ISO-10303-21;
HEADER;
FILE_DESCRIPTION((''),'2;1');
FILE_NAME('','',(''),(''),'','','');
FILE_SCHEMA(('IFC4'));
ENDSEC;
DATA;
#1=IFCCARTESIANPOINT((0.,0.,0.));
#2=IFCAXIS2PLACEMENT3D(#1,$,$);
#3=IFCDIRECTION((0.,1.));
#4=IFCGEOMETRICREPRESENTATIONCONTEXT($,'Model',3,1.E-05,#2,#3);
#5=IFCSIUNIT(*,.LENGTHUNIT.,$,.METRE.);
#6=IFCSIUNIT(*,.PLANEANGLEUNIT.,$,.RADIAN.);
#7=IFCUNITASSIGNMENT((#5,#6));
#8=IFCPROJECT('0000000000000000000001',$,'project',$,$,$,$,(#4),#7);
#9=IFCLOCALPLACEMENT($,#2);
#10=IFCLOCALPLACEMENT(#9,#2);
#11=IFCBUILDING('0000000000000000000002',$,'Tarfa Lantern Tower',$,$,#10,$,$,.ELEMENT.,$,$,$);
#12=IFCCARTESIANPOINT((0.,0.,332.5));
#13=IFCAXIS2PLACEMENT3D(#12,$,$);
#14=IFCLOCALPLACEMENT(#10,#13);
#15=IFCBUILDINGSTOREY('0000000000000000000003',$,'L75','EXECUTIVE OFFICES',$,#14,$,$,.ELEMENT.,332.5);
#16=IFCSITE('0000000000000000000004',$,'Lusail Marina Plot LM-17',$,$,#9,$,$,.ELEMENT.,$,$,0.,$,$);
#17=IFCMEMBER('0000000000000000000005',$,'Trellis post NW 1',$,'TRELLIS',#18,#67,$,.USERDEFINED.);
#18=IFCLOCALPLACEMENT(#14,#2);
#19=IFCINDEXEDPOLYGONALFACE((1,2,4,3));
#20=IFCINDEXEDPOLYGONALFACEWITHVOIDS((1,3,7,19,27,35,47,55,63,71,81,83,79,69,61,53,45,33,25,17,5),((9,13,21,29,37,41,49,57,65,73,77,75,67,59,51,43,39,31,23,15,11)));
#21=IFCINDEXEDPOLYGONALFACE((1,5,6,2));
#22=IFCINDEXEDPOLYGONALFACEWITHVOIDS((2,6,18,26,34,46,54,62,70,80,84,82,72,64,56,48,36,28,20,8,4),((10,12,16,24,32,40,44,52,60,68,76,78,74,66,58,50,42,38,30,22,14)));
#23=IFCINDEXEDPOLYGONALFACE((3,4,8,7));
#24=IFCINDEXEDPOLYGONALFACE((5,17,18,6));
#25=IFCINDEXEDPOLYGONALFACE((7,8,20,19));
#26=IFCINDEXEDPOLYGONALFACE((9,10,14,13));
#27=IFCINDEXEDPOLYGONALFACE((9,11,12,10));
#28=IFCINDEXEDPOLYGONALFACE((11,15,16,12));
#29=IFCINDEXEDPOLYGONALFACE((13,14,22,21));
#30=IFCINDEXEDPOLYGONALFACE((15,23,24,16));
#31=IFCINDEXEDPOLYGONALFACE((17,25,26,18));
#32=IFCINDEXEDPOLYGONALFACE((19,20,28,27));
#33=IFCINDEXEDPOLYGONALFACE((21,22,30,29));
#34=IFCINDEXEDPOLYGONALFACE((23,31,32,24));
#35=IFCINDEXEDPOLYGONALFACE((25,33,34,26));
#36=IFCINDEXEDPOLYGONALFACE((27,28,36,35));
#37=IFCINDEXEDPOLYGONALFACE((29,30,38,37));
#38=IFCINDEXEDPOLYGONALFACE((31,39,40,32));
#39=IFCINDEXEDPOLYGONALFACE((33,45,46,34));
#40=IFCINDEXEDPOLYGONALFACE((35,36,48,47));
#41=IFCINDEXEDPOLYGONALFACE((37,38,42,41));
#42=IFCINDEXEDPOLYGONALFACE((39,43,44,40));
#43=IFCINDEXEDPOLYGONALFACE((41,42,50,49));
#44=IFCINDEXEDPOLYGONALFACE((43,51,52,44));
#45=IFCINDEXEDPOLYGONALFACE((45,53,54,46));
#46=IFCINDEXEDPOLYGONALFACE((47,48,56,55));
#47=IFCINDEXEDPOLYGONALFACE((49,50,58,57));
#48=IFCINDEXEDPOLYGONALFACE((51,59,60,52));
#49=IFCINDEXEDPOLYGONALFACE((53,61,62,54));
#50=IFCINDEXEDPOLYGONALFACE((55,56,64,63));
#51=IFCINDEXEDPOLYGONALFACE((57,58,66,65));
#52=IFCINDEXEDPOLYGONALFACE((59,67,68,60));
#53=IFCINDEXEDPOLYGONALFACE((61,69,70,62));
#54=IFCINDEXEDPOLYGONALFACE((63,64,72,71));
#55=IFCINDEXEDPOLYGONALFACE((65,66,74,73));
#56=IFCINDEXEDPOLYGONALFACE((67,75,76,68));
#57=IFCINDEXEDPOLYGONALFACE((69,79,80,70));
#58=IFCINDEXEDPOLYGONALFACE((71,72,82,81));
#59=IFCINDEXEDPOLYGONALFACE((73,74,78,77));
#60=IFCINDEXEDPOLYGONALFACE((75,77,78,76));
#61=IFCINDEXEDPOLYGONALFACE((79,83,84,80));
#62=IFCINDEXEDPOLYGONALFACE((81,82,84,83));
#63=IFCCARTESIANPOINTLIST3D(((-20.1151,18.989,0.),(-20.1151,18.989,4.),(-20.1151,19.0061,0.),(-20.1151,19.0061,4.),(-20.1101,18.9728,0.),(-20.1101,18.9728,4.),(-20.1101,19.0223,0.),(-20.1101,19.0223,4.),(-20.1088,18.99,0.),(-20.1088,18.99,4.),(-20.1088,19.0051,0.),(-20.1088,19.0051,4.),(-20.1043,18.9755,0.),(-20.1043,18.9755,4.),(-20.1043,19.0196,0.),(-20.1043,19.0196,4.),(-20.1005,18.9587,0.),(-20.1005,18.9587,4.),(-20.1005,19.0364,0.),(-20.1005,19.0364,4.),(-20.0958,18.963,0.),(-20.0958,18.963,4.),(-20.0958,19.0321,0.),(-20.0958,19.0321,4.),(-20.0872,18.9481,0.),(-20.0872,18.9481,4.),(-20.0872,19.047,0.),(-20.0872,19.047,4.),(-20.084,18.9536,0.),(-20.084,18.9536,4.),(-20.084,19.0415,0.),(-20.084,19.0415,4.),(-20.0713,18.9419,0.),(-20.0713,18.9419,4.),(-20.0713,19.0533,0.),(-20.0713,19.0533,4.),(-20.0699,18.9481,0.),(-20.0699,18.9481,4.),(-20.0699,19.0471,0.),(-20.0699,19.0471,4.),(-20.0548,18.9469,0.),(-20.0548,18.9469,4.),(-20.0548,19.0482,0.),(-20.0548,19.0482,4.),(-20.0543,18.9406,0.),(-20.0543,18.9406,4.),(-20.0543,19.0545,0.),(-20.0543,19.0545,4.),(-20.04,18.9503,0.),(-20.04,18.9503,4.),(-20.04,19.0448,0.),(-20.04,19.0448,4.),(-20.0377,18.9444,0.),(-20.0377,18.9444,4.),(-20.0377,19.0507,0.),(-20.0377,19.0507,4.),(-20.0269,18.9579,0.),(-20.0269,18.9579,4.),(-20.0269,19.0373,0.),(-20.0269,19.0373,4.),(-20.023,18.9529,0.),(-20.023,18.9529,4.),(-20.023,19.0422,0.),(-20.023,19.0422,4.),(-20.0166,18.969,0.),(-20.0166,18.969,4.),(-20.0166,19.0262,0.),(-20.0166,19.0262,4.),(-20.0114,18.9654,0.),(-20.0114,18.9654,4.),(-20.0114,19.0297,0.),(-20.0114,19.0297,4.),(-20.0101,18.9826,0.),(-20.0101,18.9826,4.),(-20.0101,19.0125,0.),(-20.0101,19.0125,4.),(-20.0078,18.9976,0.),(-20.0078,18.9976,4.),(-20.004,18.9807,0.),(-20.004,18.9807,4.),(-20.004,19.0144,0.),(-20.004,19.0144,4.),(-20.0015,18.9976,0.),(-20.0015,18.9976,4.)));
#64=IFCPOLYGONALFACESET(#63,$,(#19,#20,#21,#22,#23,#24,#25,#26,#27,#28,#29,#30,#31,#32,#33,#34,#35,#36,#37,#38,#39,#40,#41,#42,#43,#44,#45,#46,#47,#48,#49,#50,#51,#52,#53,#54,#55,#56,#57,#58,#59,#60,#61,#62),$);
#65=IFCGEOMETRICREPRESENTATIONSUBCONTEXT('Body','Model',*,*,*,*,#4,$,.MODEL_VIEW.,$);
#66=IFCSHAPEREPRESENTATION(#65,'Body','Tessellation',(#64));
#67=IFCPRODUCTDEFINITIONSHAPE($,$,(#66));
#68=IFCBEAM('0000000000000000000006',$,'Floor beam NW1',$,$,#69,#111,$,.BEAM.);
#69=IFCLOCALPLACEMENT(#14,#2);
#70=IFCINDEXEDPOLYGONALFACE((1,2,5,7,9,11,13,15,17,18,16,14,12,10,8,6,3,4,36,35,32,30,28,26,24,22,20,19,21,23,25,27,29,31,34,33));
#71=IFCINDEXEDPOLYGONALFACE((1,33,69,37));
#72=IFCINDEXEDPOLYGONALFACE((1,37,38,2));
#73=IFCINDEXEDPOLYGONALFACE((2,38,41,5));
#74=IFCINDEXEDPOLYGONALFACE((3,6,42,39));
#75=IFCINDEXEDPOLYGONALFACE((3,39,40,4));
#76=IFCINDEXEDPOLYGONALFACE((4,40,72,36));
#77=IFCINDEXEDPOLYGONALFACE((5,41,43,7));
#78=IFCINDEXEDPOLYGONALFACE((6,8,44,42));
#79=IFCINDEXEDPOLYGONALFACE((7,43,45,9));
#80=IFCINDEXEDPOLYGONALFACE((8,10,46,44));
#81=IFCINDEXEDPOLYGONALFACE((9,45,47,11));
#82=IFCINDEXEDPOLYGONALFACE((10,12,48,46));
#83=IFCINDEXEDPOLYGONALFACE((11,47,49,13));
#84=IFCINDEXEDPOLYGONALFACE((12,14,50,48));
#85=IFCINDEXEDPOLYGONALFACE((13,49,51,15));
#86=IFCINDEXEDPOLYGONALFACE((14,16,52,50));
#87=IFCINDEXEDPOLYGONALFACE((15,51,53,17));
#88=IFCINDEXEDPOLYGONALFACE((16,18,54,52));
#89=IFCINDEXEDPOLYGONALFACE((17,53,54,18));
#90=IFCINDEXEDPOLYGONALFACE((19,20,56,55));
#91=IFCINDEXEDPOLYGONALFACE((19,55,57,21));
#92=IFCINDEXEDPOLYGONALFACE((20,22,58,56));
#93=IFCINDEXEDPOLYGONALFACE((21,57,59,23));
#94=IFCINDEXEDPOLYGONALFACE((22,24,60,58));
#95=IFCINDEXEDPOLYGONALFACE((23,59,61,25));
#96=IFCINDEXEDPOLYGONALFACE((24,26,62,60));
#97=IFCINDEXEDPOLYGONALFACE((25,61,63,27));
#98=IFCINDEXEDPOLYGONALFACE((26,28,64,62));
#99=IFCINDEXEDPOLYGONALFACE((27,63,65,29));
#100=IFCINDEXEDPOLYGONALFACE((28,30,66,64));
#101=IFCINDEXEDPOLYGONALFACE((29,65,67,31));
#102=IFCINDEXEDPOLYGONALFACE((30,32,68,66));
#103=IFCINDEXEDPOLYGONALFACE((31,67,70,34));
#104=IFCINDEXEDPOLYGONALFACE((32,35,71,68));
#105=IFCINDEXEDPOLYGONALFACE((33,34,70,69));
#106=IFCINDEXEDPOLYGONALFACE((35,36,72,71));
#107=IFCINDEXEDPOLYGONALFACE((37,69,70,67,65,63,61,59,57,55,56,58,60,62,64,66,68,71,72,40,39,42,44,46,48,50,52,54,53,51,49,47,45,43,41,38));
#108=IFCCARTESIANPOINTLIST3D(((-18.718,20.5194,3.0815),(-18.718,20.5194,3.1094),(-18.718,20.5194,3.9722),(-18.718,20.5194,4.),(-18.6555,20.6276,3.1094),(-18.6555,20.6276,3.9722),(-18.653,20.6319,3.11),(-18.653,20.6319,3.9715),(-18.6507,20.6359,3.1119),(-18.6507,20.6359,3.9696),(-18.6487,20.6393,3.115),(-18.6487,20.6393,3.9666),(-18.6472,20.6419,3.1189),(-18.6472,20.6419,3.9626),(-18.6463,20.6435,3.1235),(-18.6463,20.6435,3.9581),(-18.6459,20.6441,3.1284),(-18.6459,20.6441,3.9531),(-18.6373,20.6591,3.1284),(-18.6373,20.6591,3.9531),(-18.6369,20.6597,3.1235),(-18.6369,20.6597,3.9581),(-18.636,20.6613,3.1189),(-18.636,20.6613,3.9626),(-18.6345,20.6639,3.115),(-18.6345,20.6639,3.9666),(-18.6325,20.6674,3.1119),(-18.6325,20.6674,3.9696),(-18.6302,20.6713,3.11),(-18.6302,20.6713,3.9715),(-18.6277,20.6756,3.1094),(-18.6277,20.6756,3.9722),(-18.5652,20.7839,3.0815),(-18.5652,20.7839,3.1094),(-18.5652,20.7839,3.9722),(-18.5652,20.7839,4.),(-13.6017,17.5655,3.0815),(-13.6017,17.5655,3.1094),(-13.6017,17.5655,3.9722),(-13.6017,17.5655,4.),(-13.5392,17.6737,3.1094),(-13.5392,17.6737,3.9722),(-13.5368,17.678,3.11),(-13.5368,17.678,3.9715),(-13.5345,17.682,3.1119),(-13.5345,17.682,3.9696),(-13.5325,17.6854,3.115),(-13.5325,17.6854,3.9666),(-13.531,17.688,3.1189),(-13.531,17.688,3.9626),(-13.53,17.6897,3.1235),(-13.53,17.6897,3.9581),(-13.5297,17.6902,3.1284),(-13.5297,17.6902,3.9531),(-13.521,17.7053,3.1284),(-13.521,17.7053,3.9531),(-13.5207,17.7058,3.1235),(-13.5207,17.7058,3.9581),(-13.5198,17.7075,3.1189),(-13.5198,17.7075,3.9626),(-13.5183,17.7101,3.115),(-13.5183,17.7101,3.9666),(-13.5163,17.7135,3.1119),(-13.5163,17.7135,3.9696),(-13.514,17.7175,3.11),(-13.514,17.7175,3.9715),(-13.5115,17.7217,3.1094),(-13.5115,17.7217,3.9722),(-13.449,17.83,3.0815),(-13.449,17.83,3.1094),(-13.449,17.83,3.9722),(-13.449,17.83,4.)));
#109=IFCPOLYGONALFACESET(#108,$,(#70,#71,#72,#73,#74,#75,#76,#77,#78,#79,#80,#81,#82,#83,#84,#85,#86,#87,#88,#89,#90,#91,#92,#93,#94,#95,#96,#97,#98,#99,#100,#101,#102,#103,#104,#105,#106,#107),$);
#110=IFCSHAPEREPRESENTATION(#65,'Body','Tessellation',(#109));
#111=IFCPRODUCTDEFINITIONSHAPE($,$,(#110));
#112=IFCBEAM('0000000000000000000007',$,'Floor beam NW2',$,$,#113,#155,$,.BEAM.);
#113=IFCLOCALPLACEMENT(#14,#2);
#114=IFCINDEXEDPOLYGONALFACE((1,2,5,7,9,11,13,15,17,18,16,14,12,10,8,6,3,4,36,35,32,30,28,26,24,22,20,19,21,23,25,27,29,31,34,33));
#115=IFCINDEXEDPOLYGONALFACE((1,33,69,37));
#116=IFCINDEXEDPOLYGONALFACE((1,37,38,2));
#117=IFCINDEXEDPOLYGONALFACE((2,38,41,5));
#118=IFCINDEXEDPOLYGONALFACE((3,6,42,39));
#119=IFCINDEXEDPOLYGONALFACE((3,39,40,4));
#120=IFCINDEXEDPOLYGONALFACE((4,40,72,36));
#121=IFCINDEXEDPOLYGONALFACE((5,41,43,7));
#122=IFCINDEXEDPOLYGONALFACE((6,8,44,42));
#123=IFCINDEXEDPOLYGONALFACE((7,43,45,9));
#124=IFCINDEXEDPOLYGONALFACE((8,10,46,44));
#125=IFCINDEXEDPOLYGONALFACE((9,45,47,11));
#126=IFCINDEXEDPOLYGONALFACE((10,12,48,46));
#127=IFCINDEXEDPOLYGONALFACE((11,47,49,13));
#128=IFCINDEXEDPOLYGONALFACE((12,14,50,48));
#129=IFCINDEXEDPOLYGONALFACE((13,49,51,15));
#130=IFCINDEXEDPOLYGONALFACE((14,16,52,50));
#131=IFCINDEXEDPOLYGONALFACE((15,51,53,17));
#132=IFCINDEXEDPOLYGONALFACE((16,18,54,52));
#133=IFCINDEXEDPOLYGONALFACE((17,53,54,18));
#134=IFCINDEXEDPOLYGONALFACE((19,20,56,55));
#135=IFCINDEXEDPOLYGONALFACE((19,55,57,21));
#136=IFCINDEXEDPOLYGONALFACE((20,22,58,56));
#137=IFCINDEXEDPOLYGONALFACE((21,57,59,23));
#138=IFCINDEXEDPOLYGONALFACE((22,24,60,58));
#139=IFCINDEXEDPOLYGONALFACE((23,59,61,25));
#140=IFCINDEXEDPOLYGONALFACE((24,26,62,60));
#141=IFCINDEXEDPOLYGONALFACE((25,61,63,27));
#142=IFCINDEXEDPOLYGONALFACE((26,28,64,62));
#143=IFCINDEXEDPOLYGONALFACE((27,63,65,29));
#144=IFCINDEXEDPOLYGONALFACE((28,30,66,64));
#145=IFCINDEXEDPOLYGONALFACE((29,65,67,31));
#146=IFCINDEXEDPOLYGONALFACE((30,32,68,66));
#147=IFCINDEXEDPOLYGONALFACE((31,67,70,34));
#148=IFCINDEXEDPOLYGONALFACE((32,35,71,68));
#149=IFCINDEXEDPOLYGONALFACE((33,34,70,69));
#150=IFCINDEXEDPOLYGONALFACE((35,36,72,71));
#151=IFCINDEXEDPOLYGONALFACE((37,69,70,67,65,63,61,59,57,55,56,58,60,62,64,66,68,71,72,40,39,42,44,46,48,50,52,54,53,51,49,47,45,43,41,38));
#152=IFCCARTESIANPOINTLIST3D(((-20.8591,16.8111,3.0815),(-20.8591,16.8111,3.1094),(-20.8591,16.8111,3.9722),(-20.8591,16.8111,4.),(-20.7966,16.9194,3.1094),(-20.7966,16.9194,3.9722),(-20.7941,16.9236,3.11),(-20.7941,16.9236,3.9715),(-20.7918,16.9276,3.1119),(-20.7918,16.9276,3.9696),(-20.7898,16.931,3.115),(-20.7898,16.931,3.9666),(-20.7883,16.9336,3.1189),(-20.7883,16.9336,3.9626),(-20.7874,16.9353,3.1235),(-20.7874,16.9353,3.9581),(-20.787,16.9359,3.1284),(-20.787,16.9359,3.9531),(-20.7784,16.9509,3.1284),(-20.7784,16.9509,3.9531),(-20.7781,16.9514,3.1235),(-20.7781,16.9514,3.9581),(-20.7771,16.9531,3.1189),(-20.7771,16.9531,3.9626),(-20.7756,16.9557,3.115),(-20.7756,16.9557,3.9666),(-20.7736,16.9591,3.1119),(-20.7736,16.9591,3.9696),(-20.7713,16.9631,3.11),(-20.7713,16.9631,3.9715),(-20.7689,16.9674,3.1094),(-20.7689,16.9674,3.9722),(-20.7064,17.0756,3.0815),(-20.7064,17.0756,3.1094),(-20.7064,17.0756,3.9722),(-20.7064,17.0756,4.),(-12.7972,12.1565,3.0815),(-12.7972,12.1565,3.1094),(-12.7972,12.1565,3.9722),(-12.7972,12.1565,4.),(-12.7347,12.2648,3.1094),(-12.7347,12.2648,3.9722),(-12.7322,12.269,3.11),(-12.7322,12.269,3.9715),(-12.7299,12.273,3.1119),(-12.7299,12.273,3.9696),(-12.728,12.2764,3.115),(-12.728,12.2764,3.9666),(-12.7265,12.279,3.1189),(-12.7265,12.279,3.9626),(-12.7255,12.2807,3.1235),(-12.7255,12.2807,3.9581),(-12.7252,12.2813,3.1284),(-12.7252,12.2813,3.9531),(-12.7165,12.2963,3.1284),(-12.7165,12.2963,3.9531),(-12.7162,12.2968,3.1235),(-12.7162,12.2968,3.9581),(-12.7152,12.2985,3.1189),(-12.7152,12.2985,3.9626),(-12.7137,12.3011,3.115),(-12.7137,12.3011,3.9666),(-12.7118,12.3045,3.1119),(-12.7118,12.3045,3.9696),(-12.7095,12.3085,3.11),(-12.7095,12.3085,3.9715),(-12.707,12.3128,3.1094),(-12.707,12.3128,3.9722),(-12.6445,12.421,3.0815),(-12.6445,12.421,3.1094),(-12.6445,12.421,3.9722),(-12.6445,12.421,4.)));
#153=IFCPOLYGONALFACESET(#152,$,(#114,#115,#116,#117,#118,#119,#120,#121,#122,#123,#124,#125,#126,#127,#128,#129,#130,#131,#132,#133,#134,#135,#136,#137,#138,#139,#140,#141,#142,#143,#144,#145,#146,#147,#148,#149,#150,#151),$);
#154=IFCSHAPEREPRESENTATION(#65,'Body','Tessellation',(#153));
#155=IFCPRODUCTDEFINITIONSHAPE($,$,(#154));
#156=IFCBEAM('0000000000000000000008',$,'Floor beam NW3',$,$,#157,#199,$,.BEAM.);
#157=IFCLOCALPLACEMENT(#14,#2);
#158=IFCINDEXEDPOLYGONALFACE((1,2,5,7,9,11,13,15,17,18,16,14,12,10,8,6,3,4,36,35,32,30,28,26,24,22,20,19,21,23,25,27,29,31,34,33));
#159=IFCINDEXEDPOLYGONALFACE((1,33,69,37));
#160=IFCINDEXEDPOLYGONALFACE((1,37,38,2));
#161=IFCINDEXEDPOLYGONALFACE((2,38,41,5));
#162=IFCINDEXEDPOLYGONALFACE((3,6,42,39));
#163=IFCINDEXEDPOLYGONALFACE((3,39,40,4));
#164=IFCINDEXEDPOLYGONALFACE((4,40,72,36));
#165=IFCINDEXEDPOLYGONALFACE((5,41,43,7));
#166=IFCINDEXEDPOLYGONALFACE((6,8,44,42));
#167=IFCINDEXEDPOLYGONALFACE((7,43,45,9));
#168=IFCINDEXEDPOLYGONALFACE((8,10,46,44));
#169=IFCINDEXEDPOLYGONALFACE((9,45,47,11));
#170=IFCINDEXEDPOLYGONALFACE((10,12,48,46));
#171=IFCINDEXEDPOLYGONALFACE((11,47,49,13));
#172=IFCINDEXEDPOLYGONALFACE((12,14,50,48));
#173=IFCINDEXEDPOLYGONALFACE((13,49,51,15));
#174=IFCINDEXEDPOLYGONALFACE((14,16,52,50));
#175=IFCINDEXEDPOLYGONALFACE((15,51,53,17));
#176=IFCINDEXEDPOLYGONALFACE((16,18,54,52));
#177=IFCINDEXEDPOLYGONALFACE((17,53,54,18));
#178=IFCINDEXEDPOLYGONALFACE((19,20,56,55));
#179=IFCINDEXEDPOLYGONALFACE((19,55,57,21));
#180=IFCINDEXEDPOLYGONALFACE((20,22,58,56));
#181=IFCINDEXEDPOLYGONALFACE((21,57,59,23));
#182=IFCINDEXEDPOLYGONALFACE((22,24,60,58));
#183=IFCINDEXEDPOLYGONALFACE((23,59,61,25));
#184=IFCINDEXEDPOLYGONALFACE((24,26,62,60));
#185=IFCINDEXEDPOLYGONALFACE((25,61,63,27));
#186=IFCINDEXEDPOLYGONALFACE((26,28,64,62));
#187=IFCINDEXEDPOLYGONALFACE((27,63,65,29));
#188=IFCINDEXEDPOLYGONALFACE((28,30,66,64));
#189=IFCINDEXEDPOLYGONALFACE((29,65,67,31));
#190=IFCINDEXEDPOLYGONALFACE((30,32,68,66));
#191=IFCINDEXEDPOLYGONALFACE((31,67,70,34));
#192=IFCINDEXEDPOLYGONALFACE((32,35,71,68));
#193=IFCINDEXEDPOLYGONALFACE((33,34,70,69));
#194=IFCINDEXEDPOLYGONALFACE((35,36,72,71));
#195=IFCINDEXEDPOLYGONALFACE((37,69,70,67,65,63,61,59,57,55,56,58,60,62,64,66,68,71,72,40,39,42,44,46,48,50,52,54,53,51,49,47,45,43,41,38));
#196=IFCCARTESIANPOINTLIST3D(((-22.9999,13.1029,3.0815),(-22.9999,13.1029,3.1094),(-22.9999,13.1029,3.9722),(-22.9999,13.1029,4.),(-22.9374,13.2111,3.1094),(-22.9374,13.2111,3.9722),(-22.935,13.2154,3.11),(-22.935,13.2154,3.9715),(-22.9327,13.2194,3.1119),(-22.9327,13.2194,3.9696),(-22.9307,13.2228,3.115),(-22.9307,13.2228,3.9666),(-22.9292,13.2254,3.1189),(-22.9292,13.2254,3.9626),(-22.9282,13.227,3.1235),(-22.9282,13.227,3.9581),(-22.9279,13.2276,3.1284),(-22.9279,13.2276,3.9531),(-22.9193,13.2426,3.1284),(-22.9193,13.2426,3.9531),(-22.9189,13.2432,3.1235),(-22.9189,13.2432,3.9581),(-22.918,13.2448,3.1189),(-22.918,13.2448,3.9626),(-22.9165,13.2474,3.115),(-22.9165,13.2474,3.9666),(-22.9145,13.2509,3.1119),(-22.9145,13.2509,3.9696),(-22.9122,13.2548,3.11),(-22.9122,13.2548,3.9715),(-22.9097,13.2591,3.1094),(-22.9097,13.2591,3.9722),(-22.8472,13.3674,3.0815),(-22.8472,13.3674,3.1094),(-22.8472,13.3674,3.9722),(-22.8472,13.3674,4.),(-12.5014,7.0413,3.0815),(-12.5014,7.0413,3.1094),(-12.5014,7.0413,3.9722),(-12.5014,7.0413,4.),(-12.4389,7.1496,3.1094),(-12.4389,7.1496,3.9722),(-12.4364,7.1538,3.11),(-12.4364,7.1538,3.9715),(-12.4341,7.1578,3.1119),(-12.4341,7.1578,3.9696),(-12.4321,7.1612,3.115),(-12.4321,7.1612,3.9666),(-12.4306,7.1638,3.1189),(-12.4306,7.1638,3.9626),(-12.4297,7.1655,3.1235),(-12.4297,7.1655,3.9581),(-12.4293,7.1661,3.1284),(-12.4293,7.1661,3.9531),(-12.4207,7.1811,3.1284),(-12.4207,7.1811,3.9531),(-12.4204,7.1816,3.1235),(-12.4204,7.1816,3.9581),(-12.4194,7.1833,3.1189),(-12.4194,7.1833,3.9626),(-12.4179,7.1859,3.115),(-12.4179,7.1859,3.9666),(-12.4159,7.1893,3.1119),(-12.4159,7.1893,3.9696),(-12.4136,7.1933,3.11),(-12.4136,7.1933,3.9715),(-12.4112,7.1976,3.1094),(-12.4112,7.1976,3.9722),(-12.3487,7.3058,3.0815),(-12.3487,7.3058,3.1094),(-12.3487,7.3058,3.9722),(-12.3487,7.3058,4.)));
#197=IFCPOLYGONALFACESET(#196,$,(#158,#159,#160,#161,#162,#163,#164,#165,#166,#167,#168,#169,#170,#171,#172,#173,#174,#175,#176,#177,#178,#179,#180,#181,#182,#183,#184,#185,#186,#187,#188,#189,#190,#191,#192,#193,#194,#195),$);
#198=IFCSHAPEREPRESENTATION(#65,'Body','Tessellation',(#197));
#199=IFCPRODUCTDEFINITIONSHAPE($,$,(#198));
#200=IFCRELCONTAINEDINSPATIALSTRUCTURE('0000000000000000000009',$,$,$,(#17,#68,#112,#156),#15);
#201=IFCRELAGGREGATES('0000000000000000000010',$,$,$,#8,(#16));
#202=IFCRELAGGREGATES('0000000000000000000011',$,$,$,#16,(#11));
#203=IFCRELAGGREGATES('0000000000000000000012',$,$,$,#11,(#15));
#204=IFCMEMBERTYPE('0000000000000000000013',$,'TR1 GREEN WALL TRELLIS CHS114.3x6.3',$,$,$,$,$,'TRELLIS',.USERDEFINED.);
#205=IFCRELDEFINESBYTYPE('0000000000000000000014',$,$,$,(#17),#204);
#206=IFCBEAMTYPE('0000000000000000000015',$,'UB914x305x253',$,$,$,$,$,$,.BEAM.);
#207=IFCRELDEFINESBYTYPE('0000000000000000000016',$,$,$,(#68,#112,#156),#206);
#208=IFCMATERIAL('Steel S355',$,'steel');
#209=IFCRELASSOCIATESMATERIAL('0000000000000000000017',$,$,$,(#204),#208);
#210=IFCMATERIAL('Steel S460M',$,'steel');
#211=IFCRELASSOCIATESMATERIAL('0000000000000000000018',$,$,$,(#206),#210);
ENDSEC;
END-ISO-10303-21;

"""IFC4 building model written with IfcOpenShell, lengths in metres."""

from ifc_helpers import new_model, si_unit, direction, frame, origin, origin_2d, place, context, subcontext, project, spatial, hollow_circle, i_section, extrude, material, material_profile, profile_set, type_object, element, save


model = new_model("IFC4")

# Units and contexts
model_context = context("Model", 3, precision=1e-05, world=origin(), true_north=direction((0.0, 1.0)))
body_context = subcontext(model_context, "Body", "Model", "MODEL_VIEW")
ifc_project = project(units=[si_unit("LENGTHUNIT", "METRE"), si_unit("PLANEANGLEUNIT", "RADIAN")], contexts=[model_context])

# Site, building, storey
site_placement = place(None, origin())
site = spatial("IfcSite", under=ifc_project, at=site_placement, Name="Lusail Marina Plot LM-17", CompositionType="ELEMENT", RefElevation=0.0)
building_placement = place(site_placement, origin())
building = spatial("IfcBuilding", under=site, at=building_placement, Name="Tarfa Lantern Tower", CompositionType="ELEMENT")
storey_placement = place(building_placement, frame((0.0, 0.0, 332.5)))
storey = spatial("IfcBuildingStorey", under=building, at=storey_placement, Name="L75", Description="EXECUTIVE OFFICES", CompositionType="ELEMENT", Elevation=332.5)

# Member
ifc_material_1 = material(Name="Steel S355", Category="steel")
ifc_material_profile_1 = material_profile(ifc_material_1, hollow_circle(Radius=0.0571, WallThickness=0.0063, at=origin_2d()), Name="CHS114.3x6.3")
ifc_profile_set_1 = profile_set([ifc_material_profile_1], Name="Steel S355")
member_type_1 = type_object("IfcMemberType", Name="TR1 GREEN WALL TRELLIS CHS114.3x6.3", ElementType="TRELLIS", PredefinedType="USERDEFINED", material=ifc_profile_set_1)
member_1_placement = place(storey_placement, frame((-20.0586, 18.9976, 0.0), z_axis=(0.0, 0.0, 1.0), x_axis=(1.0, 0.0, 0.0)))
element("IfcMember", 1, at=member_1_placement, inside=storey, type_object=member_type_1, Name="Trellis post NW 1", ObjectType="TRELLIS", PredefinedType="USERDEFINED", context=body_context, shape_type="SweptSolid", body=[
    extrude(hollow_circle(Radius=0.0571, WallThickness=0.0063, at=origin_2d()), origin(), (0.0, 0.0, 1.0), 4.0),
])

# Beams
ifc_material_2 = material(Name="Steel S460M", Category="steel")
ifc_material_profile_2 = material_profile(ifc_material_2, i_section(OverallWidth=0.3054, OverallDepth=0.9185, WebThickness=0.0173, FlangeThickness=0.0278, FilletRadius=0.019, at=origin_2d()), Name="UB914x305x253")
ifc_profile_set_2 = profile_set([ifc_material_profile_2], Name="Steel S460M")
beam_type_1 = type_object("IfcBeamType", Name="UB914x305x253", PredefinedType="BEAM", material=ifc_profile_set_2)
beam_1_placement = place(storey_placement, frame((-18.6416, 20.6516, 3.5408), z_axis=(0.866025, -0.500001, 0.0), x_axis=(0.500001, 0.866025, 0.0)))
element("IfcBeam", 2, at=beam_1_placement, inside=storey, type_object=beam_type_1, Name="Floor beam NW1", PredefinedType="BEAM", context=body_context, shape_type="SweptSolid", body=[
    extrude(i_section(OverallWidth=0.3054, OverallDepth=0.9185, WebThickness=0.0173, FlangeThickness=0.0278, FilletRadius=0.019, at=origin_2d()), origin(), (0.0, 0.0, 1.0), 5.9077),
])
beam_2_placement = place(storey_placement, frame((-20.7827, 16.9434, 3.5408), z_axis=(0.866022, -0.500006, 0.0), x_axis=(0.500006, 0.866022, 0.0)))
element("IfcBeam", 3, at=beam_2_placement, inside=storey, type_object=beam_type_1, Name="Floor beam NW2", PredefinedType="BEAM", context=body_context, shape_type="SweptSolid", body=[
    extrude(i_section(OverallWidth=0.3054, OverallDepth=0.9185, WebThickness=0.0173, FlangeThickness=0.0278, FilletRadius=0.019, at=origin_2d()), origin(), (0.0, 0.0, 1.0), 9.3091),
])
beam_3_placement = place(storey_placement, frame((-22.9236, 13.2351, 3.5408), z_axis=(0.866019, -0.500012, 0.0), x_axis=(0.500012, 0.866019, 0.0)))
element("IfcBeam", 4, at=beam_3_placement, inside=storey, type_object=beam_type_1, Name="Floor beam NW3", PredefinedType="BEAM", context=body_context, shape_type="SweptSolid", body=[
    extrude(i_section(OverallWidth=0.3054, OverallDepth=0.9185, WebThickness=0.0173, FlangeThickness=0.0278, FilletRadius=0.019, at=origin_2d()), origin(), (0.0, 0.0, 1.0), 12.1228),
])

save(model, "model.ifc")
